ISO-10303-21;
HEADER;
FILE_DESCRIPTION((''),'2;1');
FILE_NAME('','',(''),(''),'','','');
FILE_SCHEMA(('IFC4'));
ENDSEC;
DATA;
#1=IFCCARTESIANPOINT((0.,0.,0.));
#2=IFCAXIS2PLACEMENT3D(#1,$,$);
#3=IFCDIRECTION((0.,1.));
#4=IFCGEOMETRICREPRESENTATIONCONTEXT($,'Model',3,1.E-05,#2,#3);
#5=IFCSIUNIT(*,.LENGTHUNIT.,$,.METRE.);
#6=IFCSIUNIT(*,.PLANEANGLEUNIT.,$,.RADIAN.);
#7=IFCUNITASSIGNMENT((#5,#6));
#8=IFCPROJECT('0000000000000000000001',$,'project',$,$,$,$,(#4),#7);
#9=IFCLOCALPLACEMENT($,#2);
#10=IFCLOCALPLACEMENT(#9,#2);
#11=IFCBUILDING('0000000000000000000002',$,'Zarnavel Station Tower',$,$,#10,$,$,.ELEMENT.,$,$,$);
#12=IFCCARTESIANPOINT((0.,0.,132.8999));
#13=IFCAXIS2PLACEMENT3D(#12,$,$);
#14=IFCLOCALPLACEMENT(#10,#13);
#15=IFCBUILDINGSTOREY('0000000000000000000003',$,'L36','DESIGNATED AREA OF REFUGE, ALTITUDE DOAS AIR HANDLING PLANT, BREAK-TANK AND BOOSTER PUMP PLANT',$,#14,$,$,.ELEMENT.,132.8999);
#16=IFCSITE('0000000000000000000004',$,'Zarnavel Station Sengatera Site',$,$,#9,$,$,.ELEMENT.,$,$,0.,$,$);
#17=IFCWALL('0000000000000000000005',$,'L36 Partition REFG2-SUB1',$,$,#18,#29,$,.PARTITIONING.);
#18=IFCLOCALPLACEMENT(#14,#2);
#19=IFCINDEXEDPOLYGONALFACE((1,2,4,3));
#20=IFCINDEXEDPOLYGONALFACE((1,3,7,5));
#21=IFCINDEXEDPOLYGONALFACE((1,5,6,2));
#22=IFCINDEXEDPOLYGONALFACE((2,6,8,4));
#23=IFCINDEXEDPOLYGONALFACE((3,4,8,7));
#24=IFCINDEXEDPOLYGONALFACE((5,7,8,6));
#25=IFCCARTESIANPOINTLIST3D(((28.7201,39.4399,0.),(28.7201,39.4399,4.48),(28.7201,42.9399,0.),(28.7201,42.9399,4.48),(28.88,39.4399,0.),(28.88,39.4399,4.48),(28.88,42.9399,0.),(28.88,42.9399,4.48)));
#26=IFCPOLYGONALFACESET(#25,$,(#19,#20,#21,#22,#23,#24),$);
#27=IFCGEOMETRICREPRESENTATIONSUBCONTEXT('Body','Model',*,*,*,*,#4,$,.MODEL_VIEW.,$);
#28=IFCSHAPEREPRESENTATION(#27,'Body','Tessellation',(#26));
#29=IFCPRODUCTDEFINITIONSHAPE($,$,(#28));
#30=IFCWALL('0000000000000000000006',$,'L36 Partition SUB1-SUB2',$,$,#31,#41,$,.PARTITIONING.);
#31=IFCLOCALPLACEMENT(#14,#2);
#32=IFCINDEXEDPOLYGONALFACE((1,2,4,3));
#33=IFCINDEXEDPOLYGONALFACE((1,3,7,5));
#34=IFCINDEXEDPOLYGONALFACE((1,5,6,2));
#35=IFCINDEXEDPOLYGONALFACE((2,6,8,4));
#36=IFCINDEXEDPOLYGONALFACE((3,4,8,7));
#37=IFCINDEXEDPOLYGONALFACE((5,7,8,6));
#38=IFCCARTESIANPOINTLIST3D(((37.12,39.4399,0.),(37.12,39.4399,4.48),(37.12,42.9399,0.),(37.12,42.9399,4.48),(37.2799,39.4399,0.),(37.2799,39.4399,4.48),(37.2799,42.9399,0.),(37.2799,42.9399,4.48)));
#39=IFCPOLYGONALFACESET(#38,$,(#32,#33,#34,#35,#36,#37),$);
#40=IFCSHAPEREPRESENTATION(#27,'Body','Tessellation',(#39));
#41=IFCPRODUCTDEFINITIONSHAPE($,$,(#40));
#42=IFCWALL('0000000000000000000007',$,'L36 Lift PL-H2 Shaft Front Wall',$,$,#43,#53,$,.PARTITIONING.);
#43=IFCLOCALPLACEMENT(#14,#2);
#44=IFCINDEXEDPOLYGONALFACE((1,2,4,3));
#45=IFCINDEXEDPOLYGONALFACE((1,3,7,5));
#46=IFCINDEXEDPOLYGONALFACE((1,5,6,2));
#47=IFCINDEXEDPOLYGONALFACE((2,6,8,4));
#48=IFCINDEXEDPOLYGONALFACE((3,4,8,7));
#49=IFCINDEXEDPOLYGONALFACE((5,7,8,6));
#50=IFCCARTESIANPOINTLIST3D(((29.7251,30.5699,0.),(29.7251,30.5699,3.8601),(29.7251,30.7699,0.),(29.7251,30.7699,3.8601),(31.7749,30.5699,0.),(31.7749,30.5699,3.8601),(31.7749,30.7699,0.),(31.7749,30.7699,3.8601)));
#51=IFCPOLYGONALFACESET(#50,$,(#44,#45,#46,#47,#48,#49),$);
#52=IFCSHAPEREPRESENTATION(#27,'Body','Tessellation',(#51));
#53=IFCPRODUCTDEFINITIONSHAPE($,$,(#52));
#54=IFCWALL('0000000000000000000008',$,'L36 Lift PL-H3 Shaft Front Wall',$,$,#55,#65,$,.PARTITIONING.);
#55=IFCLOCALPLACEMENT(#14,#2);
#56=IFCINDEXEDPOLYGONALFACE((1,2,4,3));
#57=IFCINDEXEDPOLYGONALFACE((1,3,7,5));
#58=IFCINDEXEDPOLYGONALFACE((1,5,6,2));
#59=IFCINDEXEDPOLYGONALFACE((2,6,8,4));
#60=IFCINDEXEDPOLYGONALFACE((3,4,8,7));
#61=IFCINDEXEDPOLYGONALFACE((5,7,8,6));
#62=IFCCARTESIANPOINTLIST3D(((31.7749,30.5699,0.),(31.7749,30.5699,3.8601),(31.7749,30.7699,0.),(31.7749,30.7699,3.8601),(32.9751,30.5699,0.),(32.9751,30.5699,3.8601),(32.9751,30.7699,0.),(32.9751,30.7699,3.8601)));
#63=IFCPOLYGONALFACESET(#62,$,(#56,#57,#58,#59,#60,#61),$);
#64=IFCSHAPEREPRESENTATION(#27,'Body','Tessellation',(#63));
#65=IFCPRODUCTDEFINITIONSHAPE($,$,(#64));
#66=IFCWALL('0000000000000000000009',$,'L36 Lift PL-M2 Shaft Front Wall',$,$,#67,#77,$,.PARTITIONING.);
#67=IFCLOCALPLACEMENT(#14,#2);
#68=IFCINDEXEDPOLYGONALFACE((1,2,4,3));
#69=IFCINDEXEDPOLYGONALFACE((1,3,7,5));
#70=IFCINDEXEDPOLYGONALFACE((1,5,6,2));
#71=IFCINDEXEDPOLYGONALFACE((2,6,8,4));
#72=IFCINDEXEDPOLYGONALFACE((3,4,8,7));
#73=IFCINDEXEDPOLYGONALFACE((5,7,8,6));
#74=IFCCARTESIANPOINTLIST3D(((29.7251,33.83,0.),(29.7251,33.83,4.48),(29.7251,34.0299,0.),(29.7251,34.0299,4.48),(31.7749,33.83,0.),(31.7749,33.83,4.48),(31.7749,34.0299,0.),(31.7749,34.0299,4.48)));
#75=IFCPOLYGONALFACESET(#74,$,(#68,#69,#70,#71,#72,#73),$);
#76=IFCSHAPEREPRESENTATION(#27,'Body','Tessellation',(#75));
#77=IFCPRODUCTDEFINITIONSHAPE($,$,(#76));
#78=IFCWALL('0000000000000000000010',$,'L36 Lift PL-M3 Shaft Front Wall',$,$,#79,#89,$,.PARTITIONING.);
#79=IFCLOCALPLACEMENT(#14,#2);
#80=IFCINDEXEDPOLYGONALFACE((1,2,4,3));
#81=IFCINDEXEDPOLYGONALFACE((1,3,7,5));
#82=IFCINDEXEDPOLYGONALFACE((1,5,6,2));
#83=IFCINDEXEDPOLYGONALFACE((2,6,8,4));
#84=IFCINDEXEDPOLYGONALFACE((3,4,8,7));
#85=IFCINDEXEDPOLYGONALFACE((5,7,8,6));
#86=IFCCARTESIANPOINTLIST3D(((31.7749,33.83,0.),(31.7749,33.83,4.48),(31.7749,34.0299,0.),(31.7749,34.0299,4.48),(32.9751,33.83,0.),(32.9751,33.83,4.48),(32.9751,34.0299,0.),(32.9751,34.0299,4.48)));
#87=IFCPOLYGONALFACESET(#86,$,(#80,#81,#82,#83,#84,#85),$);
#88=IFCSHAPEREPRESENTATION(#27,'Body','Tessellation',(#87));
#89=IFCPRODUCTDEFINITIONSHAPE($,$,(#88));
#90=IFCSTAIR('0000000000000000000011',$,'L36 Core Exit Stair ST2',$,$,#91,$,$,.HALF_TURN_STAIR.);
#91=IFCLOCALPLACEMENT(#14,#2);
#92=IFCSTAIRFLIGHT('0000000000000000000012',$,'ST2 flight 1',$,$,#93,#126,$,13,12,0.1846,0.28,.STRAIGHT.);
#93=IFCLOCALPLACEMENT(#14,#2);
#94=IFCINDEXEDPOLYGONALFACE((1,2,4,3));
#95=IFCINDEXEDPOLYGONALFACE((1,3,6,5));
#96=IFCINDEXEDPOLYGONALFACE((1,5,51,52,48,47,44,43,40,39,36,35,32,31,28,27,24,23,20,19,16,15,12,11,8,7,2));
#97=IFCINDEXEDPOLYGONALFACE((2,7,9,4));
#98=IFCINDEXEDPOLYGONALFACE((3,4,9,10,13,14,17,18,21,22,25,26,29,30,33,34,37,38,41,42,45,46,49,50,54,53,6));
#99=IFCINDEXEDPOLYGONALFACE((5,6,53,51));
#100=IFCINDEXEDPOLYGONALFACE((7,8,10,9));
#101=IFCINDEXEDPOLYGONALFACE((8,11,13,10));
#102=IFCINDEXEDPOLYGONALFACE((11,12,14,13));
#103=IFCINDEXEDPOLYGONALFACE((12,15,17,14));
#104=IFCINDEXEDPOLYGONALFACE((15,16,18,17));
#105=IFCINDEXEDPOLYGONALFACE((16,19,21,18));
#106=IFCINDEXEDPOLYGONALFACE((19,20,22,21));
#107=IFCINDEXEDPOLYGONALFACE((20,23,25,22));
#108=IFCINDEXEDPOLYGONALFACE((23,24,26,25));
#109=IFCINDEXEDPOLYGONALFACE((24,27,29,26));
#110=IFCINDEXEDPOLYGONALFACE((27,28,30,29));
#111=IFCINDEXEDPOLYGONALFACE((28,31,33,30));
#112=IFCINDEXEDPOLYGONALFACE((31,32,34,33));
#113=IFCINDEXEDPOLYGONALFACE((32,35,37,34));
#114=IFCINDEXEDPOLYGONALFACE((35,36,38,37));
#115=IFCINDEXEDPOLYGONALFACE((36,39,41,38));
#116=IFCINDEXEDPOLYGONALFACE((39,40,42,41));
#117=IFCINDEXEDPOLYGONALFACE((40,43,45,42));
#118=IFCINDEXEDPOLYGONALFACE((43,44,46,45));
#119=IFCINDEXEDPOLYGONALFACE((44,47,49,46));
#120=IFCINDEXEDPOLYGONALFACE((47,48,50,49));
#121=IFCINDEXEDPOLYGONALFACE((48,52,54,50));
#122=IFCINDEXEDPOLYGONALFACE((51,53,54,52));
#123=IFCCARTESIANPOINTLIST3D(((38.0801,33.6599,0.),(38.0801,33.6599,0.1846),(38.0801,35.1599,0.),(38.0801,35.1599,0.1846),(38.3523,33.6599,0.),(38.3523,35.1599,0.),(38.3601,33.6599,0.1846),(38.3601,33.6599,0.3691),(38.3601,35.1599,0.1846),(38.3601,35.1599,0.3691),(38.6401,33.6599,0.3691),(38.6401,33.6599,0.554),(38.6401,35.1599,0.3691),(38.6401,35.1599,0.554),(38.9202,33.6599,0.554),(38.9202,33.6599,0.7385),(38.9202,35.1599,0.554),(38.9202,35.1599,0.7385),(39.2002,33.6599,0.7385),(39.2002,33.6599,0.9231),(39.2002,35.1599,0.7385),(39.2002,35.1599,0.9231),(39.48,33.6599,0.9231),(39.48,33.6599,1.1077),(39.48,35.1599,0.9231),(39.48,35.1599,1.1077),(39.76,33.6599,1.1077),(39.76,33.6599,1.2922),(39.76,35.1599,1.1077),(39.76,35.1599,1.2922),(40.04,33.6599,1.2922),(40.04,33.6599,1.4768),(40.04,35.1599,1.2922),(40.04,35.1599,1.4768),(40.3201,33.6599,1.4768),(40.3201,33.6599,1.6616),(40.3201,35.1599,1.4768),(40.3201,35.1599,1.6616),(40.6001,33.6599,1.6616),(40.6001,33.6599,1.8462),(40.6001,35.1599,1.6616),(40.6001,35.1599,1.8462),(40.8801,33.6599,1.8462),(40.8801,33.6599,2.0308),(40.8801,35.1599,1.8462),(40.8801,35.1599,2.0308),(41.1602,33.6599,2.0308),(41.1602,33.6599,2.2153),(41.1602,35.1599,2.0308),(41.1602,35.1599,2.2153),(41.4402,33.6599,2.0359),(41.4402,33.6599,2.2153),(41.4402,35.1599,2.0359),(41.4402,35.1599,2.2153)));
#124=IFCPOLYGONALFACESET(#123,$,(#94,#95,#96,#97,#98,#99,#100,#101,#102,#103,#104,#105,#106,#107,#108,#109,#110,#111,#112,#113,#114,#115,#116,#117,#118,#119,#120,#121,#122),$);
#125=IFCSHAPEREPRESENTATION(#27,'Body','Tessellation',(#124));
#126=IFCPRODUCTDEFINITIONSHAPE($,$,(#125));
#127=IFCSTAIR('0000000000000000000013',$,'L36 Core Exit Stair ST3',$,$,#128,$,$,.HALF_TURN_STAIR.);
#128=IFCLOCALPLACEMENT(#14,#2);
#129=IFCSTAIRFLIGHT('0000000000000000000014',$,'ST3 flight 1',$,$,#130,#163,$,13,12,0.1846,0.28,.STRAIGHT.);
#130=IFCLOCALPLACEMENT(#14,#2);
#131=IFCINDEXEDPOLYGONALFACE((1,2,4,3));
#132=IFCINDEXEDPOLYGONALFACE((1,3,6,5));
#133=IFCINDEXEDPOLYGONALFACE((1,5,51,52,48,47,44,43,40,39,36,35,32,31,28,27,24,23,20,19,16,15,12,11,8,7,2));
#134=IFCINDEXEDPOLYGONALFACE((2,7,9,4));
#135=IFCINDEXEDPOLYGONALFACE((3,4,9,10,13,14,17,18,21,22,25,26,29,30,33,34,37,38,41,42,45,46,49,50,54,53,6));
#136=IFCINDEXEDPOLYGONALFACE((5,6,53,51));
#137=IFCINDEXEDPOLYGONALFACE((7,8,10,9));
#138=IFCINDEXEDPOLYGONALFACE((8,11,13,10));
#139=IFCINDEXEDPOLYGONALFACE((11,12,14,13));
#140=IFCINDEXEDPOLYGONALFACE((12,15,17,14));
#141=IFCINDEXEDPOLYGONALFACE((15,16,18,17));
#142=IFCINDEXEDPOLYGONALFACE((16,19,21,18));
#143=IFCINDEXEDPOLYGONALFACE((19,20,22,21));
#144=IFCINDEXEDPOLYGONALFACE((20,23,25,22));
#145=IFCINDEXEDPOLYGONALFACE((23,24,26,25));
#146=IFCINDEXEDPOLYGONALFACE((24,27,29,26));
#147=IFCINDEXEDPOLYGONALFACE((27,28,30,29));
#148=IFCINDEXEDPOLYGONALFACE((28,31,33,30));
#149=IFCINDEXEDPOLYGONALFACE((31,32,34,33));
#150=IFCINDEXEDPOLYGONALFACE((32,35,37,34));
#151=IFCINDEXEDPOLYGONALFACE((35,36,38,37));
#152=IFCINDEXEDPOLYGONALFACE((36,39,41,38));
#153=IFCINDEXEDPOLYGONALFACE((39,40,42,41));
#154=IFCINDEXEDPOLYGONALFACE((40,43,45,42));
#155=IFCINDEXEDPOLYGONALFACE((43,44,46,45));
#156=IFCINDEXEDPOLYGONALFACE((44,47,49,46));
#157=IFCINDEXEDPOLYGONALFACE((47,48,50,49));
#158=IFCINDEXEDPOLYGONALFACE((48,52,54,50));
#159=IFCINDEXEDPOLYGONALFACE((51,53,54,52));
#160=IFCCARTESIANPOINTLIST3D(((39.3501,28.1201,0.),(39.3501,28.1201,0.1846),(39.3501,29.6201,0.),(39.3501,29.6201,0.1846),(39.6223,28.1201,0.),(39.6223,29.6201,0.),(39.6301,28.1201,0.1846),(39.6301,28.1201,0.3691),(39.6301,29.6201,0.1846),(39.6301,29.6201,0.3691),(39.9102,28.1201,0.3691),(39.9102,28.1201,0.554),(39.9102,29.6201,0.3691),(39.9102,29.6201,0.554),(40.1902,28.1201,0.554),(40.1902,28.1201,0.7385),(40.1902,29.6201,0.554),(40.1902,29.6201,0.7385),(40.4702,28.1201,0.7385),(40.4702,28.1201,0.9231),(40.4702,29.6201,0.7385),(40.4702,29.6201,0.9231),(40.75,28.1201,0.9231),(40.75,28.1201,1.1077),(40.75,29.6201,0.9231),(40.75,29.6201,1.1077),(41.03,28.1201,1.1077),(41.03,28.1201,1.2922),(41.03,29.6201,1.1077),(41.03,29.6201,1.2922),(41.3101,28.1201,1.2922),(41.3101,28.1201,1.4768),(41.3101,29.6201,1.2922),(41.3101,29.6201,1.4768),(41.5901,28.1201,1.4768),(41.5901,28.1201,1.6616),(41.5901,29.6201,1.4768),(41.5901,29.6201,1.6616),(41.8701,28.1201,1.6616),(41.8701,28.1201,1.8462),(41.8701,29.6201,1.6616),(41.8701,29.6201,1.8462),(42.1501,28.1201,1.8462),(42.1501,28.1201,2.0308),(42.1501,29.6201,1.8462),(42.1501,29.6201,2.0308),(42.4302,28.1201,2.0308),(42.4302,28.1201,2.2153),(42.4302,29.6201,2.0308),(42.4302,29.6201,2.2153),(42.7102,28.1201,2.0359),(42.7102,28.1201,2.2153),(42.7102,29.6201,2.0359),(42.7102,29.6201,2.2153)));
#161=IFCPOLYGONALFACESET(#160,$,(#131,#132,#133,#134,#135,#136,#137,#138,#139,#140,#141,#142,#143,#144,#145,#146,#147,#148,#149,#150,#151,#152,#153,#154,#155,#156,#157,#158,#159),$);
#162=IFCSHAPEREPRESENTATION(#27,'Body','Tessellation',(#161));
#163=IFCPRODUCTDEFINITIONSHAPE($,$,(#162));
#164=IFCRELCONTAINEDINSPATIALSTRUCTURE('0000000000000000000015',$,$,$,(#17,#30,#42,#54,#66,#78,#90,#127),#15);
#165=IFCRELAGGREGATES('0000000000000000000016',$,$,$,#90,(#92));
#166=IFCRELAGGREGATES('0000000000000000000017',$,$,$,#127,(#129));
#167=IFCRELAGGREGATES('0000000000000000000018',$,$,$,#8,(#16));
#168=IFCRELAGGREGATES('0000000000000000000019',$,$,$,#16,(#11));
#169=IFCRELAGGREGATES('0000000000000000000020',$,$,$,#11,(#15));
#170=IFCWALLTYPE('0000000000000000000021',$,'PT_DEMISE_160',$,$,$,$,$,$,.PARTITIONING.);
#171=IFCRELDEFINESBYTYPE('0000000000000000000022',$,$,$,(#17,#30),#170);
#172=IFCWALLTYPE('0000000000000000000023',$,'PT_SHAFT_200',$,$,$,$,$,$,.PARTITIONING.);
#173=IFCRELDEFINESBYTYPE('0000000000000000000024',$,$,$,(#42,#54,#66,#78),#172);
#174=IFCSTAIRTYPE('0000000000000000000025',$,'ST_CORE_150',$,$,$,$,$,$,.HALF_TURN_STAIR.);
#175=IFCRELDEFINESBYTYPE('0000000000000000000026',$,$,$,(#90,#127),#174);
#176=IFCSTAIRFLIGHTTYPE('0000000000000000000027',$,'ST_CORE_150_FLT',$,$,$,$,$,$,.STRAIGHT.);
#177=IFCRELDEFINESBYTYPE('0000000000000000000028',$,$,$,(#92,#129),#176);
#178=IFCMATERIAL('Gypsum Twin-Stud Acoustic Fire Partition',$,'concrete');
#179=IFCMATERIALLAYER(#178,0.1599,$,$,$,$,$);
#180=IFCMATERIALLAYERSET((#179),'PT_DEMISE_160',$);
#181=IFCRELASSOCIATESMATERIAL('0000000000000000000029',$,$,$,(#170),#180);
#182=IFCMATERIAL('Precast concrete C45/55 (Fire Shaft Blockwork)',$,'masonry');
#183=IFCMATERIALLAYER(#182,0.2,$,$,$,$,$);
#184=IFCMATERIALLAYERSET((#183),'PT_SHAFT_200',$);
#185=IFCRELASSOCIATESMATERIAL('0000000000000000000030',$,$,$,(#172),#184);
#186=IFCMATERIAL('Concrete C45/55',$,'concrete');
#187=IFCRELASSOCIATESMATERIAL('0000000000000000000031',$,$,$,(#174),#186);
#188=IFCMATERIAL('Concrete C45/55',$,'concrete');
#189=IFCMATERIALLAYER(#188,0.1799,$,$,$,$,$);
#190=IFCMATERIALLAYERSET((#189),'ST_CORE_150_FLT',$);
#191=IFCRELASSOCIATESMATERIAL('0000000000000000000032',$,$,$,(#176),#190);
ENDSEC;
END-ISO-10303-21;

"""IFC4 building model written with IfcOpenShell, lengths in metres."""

from ifc_helpers import new_model, si_unit, direction, frame, frame_2d, origin, place, context, subcontext, project, spatial, polyline, rectangle, outline, extrude, material, layer, layer_set, type_object, element, aggregate, save


model = new_model("IFC4")

# Units and contexts
model_context = context("Model", 3, precision=1e-05, world=origin(), true_north=direction((0.0, 1.0)))
body_context = subcontext(model_context, "Body", "Model", "MODEL_VIEW")
ifc_project = project(units=[si_unit("LENGTHUNIT", "METRE"), si_unit("PLANEANGLEUNIT", "RADIAN")], contexts=[model_context])

# Site, building, storey
site_placement = place(None, origin())
site = spatial("IfcSite", under=ifc_project, at=site_placement, Name="Zarnavel Station Sengatera Site", CompositionType="ELEMENT", RefElevation=0.0)
building_placement = place(site_placement, origin())
building = spatial("IfcBuilding", under=site, at=building_placement, Name="Zarnavel Station Tower", CompositionType="ELEMENT")
storey_placement = place(building_placement, frame((0.0, 0.0, 132.8999)))
storey = spatial("IfcBuildingStorey", under=building, at=storey_placement, Name="L36", Description="DESIGNATED AREA OF REFUGE, ALTITUDE DOAS AIR HANDLING PLANT, BREAK-TANK AND BOOSTER PUMP PLANT", CompositionType="ELEMENT", Elevation=132.8999)

# Shared definitions
ifc_material_1 = material(Name="Gypsum Twin-Stud Acoustic Fire Partition", Category="concrete")
ifc_layer_1 = layer(ifc_material_1, 0.1599)
ifc_layer_set_1 = layer_set([ifc_layer_1], Name="PT_DEMISE_160")
wall_type_1 = type_object("IfcWallType", Name="PT_DEMISE_160", PredefinedType="PARTITIONING", material=ifc_layer_set_1)

# Walls
for number, where, z_axis, x_axis, name in (
    (1, (28.8, 39.4399, 0.0), (0.0, 0.0, 1.0), (0.0, 1.0, 0.0), "L36 Partition REFG2-SUB1"),
    (2, (37.2, 39.4399, 0.0), (0.0, 0.0, 1.0), (0.0, 1.0, 0.0), "L36 Partition SUB1-SUB2"),
):
    element("IfcWall", number, at=place(storey_placement, frame(where, z_axis=z_axis, x_axis=x_axis)), inside=storey, type_object=wall_type_1, Name=name, PredefinedType="PARTITIONING", context=body_context, shape_type="SweptSolid", body=[
        extrude(rectangle(XDim=3.5, YDim=0.1599, at=frame_2d((1.75, 0.0))), origin(), (0.0, 0.0, 1.0), 4.48),
    ])

# Shared definitions
ifc_material_2 = material(Name="Precast concrete C45/55 (Fire Shaft Blockwork)", Category="masonry")
ifc_layer_2 = layer(ifc_material_2, 0.2)
ifc_layer_set_2 = layer_set([ifc_layer_2], Name="PT_SHAFT_200")
wall_type_2 = type_object("IfcWallType", Name="PT_SHAFT_200", PredefinedType="PARTITIONING", material=ifc_layer_set_2)

# Walls
wall_1_placement = place(storey_placement, frame((29.7251, 30.6699, 0.0), z_axis=(0.0, 0.0, 1.0), x_axis=(1.0, 0.0, 0.0)))
element("IfcWall", 3, at=wall_1_placement, inside=storey, type_object=wall_type_2, Name="L36 Lift PL-H2 Shaft Front Wall", PredefinedType="PARTITIONING", context=body_context, shape_type="SweptSolid", body=[
    extrude(rectangle(XDim=2.0498, YDim=0.2, at=frame_2d((1.0249, 0.0))), origin(), (0.0, 0.0, 1.0), 3.8601),
])
wall_2_placement = place(storey_placement, frame((31.7749, 30.6699, 0.0), z_axis=(0.0, 0.0, 1.0), x_axis=(1.0, 0.0, 0.0)))
element("IfcWall", 4, at=wall_2_placement, inside=storey, type_object=wall_type_2, Name="L36 Lift PL-H3 Shaft Front Wall", PredefinedType="PARTITIONING", context=body_context, shape_type="SweptSolid", body=[
    extrude(rectangle(XDim=1.2002, YDim=0.2, at=frame_2d((0.6001, 0.0))), origin(), (0.0, 0.0, 1.0), 3.8601),
])
wall_3_placement = place(storey_placement, frame((29.7251, 33.9299, 0.0), z_axis=(0.0, 0.0, 1.0), x_axis=(1.0, 0.0, 0.0)))
element("IfcWall", 5, at=wall_3_placement, inside=storey, type_object=wall_type_2, Name="L36 Lift PL-M2 Shaft Front Wall", PredefinedType="PARTITIONING", context=body_context, shape_type="SweptSolid", body=[
    extrude(rectangle(XDim=2.0498, YDim=0.2, at=frame_2d((1.0249, 0.0))), origin(), (0.0, 0.0, 1.0), 4.48),
])
wall_4_placement = place(storey_placement, frame((31.7749, 33.9299, 0.0), z_axis=(0.0, 0.0, 1.0), x_axis=(1.0, 0.0, 0.0)))
element("IfcWall", 6, at=wall_4_placement, inside=storey, type_object=wall_type_2, Name="L36 Lift PL-M3 Shaft Front Wall", PredefinedType="PARTITIONING", context=body_context, shape_type="SweptSolid", body=[
    extrude(rectangle(XDim=1.2002, YDim=0.2, at=frame_2d((0.6001, 0.0))), origin(), (0.0, 0.0, 1.0), 4.48),
])

# Stairs, stair flights
ifc_material_3 = material(Name="Concrete C45/55", Category="concrete")
stair_type = type_object("IfcStairType", Name="ST_CORE_150", PredefinedType="HALF_TURN_STAIR", material=ifc_material_3)
stair_1_placement = place(storey_placement, origin())
stair_1 = element("IfcStair", 7, at=stair_1_placement, inside=storey, type_object=stair_type, Name="L36 Core Exit Stair ST2", PredefinedType="HALF_TURN_STAIR")
ifc_material_4 = material(Name="Concrete C45/55", Category="concrete")
ifc_layer_3 = layer(ifc_material_4, 0.1799)
ifc_layer_set_3 = layer_set([ifc_layer_3], Name="ST_CORE_150_FLT")
stair_flight_type = type_object("IfcStairFlightType", Name="ST_CORE_150_FLT", PredefinedType="STRAIGHT", material=ifc_layer_set_3)
stair_flight_1_placement = place(storey_placement, frame((38.0801, 34.4099, 0.0), z_axis=(0.0, 0.0, 1.0), x_axis=(1.0, 0.0, 0.0)))
stair_flight_1 = element("IfcStairFlight", 8, at=stair_flight_1_placement, type_object=stair_flight_type, Name="ST2 flight 1", NumberOfRisers=13, NumberOfTreads=12, PredefinedType="STRAIGHT", RiserHeight=0.1846, TreadLength=0.28, context=body_context, shape_type="SweptSolid", body=[
    extrude(outline(polyline([(0.0, 0.0), (0.0, 0.1846), (0.28, 0.1846), (0.28, 0.3691), (0.5601, 0.3691), (0.5601, 0.554), (0.8401, 0.554), (0.8401, 0.7385), (1.1201, 0.7385), (1.1201, 0.9231), (1.3999, 0.9231), (1.3999, 1.1077), (1.6799, 1.1077), (1.6799, 1.2922), (1.96, 1.2922), (1.96, 1.4768), (2.24, 1.4768), (2.24, 1.6616), (2.52, 1.6616), (2.52, 1.8462), (2.8, 1.8462), (2.8, 2.0308), (3.0801, 2.0308), (3.0801, 2.2153), (3.3601, 2.2153), (3.3601, 2.3999), (3.3601, 2.0359), (0.2722, 0.0), (0.0, 0.0)])), frame((0.0, 0.75, 0.0), z_axis=(0.0, -1.0, 0.0), x_axis=(1.0, 0.0, 0.0)), (0.0, 0.0, 1.0), 1.5),
])
aggregate(stair_1, [stair_flight_1])
stair_2_placement = place(storey_placement, origin())
stair_2 = element("IfcStair", 9, at=stair_2_placement, inside=storey, type_object=stair_type, Name="L36 Core Exit Stair ST3", PredefinedType="HALF_TURN_STAIR")
stair_flight_2_placement = place(storey_placement, frame((39.3501, 28.8701, 0.0), z_axis=(0.0, 0.0, 1.0), x_axis=(1.0, 0.0, 0.0)))
stair_flight_2 = element("IfcStairFlight", 10, at=stair_flight_2_placement, type_object=stair_flight_type, Name="ST3 flight 1", NumberOfRisers=13, NumberOfTreads=12, PredefinedType="STRAIGHT", RiserHeight=0.1846, TreadLength=0.28, context=body_context, shape_type="SweptSolid", body=[
    extrude(outline(polyline([(0.0, 0.0), (0.0, 0.1846), (0.28, 0.1846), (0.28, 0.3691), (0.5601, 0.3691), (0.5601, 0.554), (0.8401, 0.554), (0.8401, 0.7385), (1.1201, 0.7385), (1.1201, 0.9231), (1.3999, 0.9231), (1.3999, 1.1077), (1.6799, 1.1077), (1.6799, 1.2922), (1.96, 1.2922), (1.96, 1.4768), (2.24, 1.4768), (2.24, 1.6616), (2.52, 1.6616), (2.52, 1.8462), (2.8, 1.8462), (2.8, 2.0308), (3.0801, 2.0308), (3.0801, 2.2153), (3.3601, 2.2153), (3.3601, 2.3999), (3.3601, 2.0359), (0.2722, 0.0), (0.0, 0.0)])), frame((0.0, 0.75, 0.0), z_axis=(0.0, -1.0, 0.0), x_axis=(1.0, 0.0, 0.0)), (0.0, 0.0, 1.0), 1.5),
])
aggregate(stair_2, [stair_flight_2])

save(model, "model.ifc")
